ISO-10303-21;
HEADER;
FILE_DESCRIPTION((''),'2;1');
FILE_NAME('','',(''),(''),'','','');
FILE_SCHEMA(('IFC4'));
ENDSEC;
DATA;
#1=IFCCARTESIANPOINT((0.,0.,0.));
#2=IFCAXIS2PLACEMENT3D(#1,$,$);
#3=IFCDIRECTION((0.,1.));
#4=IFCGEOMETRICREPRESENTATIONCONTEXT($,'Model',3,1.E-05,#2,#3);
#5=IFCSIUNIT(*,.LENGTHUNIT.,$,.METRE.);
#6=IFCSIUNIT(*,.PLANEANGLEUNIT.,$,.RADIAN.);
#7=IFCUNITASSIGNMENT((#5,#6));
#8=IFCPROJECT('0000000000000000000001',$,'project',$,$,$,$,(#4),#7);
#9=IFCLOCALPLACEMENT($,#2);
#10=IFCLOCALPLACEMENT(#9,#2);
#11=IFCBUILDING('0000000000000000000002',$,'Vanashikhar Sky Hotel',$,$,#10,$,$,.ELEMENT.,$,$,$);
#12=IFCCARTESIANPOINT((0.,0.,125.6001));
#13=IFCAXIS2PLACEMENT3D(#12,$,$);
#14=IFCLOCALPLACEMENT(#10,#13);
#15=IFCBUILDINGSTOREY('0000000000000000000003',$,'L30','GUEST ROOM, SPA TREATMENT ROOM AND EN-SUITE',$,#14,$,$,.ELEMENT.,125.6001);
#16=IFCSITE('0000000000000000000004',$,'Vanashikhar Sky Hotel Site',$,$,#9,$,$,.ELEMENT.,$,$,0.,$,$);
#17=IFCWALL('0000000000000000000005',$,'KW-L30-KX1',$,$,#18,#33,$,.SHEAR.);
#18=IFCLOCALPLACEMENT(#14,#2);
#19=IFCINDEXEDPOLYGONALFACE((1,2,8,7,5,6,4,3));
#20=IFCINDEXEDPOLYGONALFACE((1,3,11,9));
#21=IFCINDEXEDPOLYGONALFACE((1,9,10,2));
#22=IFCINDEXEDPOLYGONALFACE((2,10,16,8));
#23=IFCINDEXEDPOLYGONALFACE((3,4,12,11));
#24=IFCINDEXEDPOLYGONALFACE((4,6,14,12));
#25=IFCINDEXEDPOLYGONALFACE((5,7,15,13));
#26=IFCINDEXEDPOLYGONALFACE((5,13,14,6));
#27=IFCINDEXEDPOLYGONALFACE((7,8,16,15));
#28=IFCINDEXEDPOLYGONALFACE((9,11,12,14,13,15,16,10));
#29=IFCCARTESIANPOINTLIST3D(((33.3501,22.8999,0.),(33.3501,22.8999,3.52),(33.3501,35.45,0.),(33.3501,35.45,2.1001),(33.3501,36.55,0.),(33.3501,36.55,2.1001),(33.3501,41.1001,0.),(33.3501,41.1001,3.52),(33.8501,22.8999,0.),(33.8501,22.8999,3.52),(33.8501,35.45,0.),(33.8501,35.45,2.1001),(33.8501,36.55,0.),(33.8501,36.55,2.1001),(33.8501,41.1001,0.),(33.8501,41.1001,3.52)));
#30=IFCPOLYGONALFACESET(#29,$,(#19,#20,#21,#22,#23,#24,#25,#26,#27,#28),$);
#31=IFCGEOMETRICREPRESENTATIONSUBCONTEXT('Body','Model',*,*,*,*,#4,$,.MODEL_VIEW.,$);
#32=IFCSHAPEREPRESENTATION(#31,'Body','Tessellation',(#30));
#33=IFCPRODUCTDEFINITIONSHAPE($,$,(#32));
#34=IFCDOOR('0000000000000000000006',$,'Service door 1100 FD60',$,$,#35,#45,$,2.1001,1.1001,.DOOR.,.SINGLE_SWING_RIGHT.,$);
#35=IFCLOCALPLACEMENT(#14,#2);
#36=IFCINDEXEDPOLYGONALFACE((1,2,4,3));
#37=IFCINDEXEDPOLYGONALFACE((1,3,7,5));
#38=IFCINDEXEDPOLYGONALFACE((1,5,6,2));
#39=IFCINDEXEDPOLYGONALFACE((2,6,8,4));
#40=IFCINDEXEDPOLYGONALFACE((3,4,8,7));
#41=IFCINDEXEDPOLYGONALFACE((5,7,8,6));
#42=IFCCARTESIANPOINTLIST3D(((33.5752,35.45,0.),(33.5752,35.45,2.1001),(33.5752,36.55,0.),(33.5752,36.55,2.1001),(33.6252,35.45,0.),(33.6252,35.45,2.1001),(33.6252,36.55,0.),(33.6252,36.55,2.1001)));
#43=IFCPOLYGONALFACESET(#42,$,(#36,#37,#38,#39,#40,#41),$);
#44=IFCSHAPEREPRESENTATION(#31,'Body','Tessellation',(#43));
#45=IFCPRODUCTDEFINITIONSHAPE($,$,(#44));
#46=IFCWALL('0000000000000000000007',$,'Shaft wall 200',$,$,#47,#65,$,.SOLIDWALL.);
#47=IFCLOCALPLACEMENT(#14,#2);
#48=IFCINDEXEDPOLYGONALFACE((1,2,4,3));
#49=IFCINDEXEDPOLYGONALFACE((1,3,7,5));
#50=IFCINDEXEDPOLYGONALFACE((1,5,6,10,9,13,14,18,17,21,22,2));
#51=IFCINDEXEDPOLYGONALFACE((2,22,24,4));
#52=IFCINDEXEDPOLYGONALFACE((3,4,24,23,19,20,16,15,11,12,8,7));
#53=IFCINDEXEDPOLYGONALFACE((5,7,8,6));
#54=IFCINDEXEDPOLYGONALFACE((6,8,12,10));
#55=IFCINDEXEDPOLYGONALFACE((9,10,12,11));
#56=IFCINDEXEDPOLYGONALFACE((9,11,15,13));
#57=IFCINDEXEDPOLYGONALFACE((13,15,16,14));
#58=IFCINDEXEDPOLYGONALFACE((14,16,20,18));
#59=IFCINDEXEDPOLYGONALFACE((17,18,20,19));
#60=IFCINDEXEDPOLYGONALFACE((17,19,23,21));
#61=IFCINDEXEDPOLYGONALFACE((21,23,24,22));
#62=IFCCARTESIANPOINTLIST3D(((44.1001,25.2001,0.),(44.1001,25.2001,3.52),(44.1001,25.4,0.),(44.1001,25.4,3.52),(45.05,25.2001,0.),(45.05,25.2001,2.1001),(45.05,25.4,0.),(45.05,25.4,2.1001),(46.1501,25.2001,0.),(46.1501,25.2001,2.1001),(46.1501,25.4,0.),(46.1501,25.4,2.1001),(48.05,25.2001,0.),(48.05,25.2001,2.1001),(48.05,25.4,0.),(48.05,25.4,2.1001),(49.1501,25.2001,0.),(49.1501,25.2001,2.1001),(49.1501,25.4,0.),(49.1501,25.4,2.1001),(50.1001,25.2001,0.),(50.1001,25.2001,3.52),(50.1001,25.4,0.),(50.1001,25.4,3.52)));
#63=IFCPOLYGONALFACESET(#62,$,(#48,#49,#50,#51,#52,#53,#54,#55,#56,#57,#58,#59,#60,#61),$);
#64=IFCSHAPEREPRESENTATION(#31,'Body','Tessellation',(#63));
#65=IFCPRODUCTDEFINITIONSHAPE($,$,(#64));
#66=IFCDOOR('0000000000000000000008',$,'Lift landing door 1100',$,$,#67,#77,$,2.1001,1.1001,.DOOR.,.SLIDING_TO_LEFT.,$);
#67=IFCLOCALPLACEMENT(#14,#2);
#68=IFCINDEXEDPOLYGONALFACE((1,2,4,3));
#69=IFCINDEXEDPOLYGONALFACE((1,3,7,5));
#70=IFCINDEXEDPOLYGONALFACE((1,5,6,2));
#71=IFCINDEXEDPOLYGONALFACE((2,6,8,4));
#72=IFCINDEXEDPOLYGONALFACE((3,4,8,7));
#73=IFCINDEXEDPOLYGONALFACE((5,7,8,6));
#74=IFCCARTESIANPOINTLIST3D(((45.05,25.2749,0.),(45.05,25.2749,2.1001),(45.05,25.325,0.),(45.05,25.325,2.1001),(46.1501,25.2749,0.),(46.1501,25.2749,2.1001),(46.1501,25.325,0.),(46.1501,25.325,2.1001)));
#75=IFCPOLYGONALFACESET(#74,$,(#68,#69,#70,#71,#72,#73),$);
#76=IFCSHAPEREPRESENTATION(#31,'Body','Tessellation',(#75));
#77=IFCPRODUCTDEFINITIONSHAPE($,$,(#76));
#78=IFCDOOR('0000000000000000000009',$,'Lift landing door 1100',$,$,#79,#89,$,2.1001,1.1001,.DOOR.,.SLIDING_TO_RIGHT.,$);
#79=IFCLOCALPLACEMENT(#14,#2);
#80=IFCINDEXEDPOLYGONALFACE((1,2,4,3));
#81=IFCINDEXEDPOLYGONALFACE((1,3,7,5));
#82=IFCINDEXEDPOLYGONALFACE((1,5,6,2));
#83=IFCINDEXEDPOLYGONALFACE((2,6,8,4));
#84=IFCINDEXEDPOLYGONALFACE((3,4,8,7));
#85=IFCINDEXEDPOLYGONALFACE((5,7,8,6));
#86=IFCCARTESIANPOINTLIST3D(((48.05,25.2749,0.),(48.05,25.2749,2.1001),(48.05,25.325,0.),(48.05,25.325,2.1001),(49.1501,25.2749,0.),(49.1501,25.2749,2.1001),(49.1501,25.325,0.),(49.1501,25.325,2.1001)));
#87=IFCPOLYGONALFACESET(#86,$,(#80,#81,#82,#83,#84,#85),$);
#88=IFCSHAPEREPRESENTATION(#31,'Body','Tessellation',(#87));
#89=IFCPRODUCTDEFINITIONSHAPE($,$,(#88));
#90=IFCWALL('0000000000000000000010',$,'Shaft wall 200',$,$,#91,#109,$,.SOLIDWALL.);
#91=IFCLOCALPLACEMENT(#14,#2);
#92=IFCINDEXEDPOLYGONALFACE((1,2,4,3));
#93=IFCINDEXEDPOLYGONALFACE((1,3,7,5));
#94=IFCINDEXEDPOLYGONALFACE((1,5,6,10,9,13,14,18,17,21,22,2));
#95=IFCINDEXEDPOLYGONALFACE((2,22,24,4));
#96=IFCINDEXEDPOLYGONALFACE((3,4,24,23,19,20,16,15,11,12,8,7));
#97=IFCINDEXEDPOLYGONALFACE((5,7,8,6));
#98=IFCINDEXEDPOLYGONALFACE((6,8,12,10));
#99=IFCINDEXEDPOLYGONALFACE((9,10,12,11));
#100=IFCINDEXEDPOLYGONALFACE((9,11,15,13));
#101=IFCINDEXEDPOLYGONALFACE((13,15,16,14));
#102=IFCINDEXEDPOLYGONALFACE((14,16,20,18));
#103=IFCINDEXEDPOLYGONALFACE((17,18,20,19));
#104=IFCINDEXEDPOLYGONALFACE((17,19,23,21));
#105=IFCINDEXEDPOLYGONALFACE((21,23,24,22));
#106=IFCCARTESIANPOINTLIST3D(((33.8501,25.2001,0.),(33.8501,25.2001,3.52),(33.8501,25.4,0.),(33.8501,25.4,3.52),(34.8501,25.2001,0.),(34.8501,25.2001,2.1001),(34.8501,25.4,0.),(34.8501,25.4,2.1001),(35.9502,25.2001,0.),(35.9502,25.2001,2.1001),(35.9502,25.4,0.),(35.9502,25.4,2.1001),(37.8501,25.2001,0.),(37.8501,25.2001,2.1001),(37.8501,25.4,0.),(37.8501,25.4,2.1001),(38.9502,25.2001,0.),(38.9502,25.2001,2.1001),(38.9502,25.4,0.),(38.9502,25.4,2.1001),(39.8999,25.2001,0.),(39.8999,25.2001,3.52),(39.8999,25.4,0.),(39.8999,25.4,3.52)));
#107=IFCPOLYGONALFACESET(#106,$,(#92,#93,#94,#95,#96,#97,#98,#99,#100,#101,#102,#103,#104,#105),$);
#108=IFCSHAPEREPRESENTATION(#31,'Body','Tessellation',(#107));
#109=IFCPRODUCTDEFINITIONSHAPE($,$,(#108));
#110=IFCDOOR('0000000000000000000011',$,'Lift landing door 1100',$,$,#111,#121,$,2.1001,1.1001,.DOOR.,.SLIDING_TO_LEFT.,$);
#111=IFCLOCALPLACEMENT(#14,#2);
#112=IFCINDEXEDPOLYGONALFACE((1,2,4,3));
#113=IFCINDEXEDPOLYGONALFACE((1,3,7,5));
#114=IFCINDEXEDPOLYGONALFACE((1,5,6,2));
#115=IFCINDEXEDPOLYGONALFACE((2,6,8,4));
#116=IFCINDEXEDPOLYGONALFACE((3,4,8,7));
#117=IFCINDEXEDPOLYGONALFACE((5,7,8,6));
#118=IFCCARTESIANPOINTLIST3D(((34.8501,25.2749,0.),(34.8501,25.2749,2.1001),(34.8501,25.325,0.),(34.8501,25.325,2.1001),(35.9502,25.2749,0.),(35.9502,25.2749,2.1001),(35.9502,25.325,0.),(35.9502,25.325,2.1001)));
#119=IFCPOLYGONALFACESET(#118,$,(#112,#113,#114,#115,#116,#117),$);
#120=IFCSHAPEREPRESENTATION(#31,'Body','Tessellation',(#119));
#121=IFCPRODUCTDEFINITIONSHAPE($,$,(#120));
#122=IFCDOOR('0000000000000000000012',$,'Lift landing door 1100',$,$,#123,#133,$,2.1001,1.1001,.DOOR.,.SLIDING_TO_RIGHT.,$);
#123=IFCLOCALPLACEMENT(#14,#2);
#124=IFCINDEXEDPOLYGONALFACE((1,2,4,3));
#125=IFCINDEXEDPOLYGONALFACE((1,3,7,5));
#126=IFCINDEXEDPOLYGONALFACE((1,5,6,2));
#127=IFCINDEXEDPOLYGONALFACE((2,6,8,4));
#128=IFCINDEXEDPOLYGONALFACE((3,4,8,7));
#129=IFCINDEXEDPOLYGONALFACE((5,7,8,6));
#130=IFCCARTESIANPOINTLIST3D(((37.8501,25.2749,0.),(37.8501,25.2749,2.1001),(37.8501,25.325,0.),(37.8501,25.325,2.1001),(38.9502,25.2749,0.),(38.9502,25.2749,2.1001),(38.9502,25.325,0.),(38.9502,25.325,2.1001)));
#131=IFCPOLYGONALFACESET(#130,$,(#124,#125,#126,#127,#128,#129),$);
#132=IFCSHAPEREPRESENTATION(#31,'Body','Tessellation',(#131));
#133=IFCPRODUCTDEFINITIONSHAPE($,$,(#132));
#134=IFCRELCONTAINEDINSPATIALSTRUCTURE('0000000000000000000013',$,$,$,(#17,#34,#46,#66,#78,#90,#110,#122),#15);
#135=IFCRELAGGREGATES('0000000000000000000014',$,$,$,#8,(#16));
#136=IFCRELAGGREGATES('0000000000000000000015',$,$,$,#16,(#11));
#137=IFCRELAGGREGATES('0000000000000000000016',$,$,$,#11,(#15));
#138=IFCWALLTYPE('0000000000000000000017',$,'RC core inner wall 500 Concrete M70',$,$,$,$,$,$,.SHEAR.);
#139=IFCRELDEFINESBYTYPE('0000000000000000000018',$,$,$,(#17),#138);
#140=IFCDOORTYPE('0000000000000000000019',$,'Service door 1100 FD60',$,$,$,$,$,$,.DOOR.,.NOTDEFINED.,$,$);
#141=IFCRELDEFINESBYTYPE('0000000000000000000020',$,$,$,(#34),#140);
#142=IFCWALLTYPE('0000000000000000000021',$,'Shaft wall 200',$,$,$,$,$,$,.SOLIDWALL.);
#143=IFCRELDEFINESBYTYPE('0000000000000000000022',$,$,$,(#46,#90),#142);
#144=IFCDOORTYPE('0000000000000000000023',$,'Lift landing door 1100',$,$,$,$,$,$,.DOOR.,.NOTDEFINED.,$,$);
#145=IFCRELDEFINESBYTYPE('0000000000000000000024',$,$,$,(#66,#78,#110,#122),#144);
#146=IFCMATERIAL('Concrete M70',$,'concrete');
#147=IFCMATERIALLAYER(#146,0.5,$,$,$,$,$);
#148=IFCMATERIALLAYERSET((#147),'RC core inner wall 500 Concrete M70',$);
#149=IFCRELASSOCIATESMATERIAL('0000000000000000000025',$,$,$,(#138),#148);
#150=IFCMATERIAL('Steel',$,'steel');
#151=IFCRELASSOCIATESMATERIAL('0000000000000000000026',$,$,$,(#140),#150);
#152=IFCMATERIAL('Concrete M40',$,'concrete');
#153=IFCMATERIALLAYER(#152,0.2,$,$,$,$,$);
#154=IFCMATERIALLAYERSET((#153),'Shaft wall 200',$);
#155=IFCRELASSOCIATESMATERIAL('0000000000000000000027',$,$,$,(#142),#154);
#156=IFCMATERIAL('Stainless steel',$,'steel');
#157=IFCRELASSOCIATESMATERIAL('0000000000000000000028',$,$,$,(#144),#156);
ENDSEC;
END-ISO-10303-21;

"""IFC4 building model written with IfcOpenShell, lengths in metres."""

from ifc_helpers import new_model, si_unit, direction, frame, frame_2d, origin, place, context, subcontext, project, spatial, rectangle, extrude, source, transform, mapped, material, layer, layer_set, type_object, element, fill, save


model = new_model("IFC4")

# Units and contexts
model_context = context("Model", 3, precision=1e-05, world=origin(), true_north=direction((0.0, 1.0)))
body_context = subcontext(model_context, "Body", "Model", "MODEL_VIEW")
ifc_project = project(units=[si_unit("LENGTHUNIT", "METRE"), si_unit("PLANEANGLEUNIT", "RADIAN")], contexts=[model_context])

# Site, building, storey
site_placement = place(None, origin())
site = spatial("IfcSite", under=ifc_project, at=site_placement, Name="Vanashikhar Sky Hotel Site", CompositionType="ELEMENT", RefElevation=0.0)
building_placement = place(site_placement, origin())
building = spatial("IfcBuilding", under=site, at=building_placement, Name="Vanashikhar Sky Hotel", CompositionType="ELEMENT")
storey_placement = place(building_placement, frame((0.0, 0.0, 125.6001)))
storey = spatial("IfcBuildingStorey", under=building, at=storey_placement, Name="L30", Description="GUEST ROOM, SPA TREATMENT ROOM AND EN-SUITE", CompositionType="ELEMENT", Elevation=125.6001)

# Wall, opening, door
ifc_material_1 = material(Name="Concrete M70", Category="concrete")
ifc_layer_1 = layer(ifc_material_1, 0.5)
ifc_layer_set_1 = layer_set([ifc_layer_1], Name="RC core inner wall 500 Concrete M70")
wall_type_1 = type_object("IfcWallType", Name="RC core inner wall 500 Concrete M70", PredefinedType="SHEAR", material=ifc_layer_set_1)
shared_shape_1 = source(origin(), body_context, "Body", "SweptSolid", [
    extrude(rectangle(XDim=18.2002, YDim=0.5, at=frame_2d((9.1001, 0.0))), origin(), (0.0, 0.0, 1.0), 3.52),
])
wall_1_placement = place(storey_placement, frame((33.6001, 22.8999, 0.0), z_axis=(0.0, 0.0, 1.0), x_axis=(0.0, 1.0, 0.0)))
wall_1 = element("IfcWall", 1, at=wall_1_placement, inside=storey, type_object=wall_type_1, Name="KW-L30-KX1", PredefinedType="SHEAR", context=body_context, shape_type="MappedRepresentation", body=[
    mapped(shared_shape_1, transform((0.0, 0.0, 0.0), scale=1.0)),
])
shared_shape_2 = source(origin(), body_context, "Body", "SweptSolid", [
    extrude(rectangle(XDim=1.1001, YDim=2.1001, at=frame_2d((0.55, 1.05))), frame((0.0, 0.26, 0.0), z_axis=(0.0, -1.0, 0.0), x_axis=(1.0, 0.0, 0.0)), (0.0, 0.0, 1.0), 0.52),
])
opening_1_placement = place(wall_1_placement, frame((12.55, 0.0, 0.0)))
opening_1 = element("IfcOpeningElement", 2, at=opening_1_placement, cuts=wall_1, PredefinedType="OPENING", context=body_context, shape_type="MappedRepresentation", body=[
    mapped(shared_shape_2, transform((0.0, 0.0, 0.0), scale=1.0)),
])
ifc_material_2 = material(Name="Steel", Category="steel")
door_type_1 = type_object("IfcDoorType", Name="Service door 1100 FD60", OperationType="NOTDEFINED", PredefinedType="DOOR", material=ifc_material_2)
shared_shape_3 = source(origin(), body_context, "Body", "SweptSolid", [
    extrude(rectangle(XDim=1.1001, YDim=2.1001, at=frame_2d((0.55, 1.05))), frame((0.0, 0.0249, 0.0), z_axis=(0.0, -1.0, 0.0), x_axis=(1.0, 0.0, 0.0)), (0.0, 0.0, 1.0), 0.05),
])
door_1_placement = place(opening_1_placement, origin())
door_1 = element("IfcDoor", 3, at=door_1_placement, inside=storey, type_object=door_type_1, Name="Service door 1100 FD60", OperationType="SINGLE_SWING_RIGHT", OverallHeight=2.1001, OverallWidth=1.1001, PredefinedType="DOOR", context=body_context, shape_type="MappedRepresentation", body=[
    mapped(shared_shape_3, transform((0.0, 0.0, 0.0), scale=1.0)),
])
fill(opening_1, door_1)

# Walls, openings, doors
ifc_material_3 = material(Name="Concrete M40", Category="concrete")
ifc_layer_2 = layer(ifc_material_3, 0.2)
ifc_layer_set_2 = layer_set([ifc_layer_2], Name="Shaft wall 200")
wall_type_2 = type_object("IfcWallType", Name="Shaft wall 200", PredefinedType="SOLIDWALL", material=ifc_layer_set_2)
shared_shape_4 = source(origin(), body_context, "Body", "SweptSolid", [
    extrude(rectangle(XDim=6.0, YDim=0.2, at=frame_2d((3.0, 0.0))), origin(), (0.0, 0.0, 1.0), 3.52),
])
wall_2_placement = place(storey_placement, frame((44.1001, 25.3, 0.0), z_axis=(0.0, 0.0, 1.0), x_axis=(1.0, 0.0, 0.0)))
wall_2 = element("IfcWall", 4, at=wall_2_placement, inside=storey, type_object=wall_type_2, Name="Shaft wall 200", PredefinedType="SOLIDWALL", context=body_context, shape_type="MappedRepresentation", body=[
    mapped(shared_shape_4, transform((0.0, 0.0, 0.0), scale=1.0)),
])
shared_shape_5 = source(origin(), body_context, "Body", "SweptSolid", [
    extrude(rectangle(XDim=1.1001, YDim=2.1001, at=frame_2d((0.55, 1.05))), frame((0.0, 0.1099, 0.0), z_axis=(0.0, -1.0, 0.0), x_axis=(1.0, 0.0, 0.0)), (0.0, 0.0, 1.0), 0.22),
])
opening_2_placement = place(wall_2_placement, frame((0.95, 0.0, 0.0)))
opening_2 = element("IfcOpeningElement", 5, at=opening_2_placement, cuts=wall_2, PredefinedType="OPENING", context=body_context, shape_type="MappedRepresentation", body=[
    mapped(shared_shape_5, transform((0.0, 0.0, 0.0), scale=1.0)),
])
opening_3_placement = place(wall_2_placement, frame((3.95, 0.0, 0.0)))
opening_3 = element("IfcOpeningElement", 6, at=opening_3_placement, cuts=wall_2, PredefinedType="OPENING", context=body_context, shape_type="MappedRepresentation", body=[
    mapped(shared_shape_5, transform((0.0, 0.0, 0.0), scale=1.0)),
])
ifc_material_4 = material(Name="Stainless steel", Category="steel")
door_type_2 = type_object("IfcDoorType", Name="Lift landing door 1100", OperationType="NOTDEFINED", PredefinedType="DOOR", material=ifc_material_4)
door_2_placement = place(opening_2_placement, origin())
door_2 = element("IfcDoor", 7, at=door_2_placement, inside=storey, type_object=door_type_2, Name="Lift landing door 1100", OperationType="SLIDING_TO_LEFT", OverallHeight=2.1001, OverallWidth=1.1001, PredefinedType="DOOR", context=body_context, shape_type="MappedRepresentation", body=[
    mapped(shared_shape_3, transform((0.0, 0.0, 0.0), scale=1.0)),
])
fill(opening_2, door_2)
door_3_placement = place(opening_3_placement, origin())
door_3 = element("IfcDoor", 8, at=door_3_placement, inside=storey, type_object=door_type_2, Name="Lift landing door 1100", OperationType="SLIDING_TO_RIGHT", OverallHeight=2.1001, OverallWidth=1.1001, PredefinedType="DOOR", context=body_context, shape_type="MappedRepresentation", body=[
    mapped(shared_shape_3, transform((0.0, 0.0, 0.0), scale=1.0)),
])
fill(opening_3, door_3)
shared_shape_6 = source(origin(), body_context, "Body", "SweptSolid", [
    extrude(rectangle(XDim=6.0498, YDim=0.2, at=frame_2d((3.0249, 0.0))), origin(), (0.0, 0.0, 1.0), 3.52),
])
wall_3_placement = place(storey_placement, frame((33.8501, 25.3, 0.0), z_axis=(0.0, 0.0, 1.0), x_axis=(1.0, 0.0, 0.0)))
wall_3 = element("IfcWall", 9, at=wall_3_placement, inside=storey, type_object=wall_type_2, Name="Shaft wall 200", PredefinedType="SOLIDWALL", context=body_context, shape_type="MappedRepresentation", body=[
    mapped(shared_shape_6, transform((0.0, 0.0, 0.0), scale=1.0)),
])
opening_4_placement = place(wall_3_placement, frame((1.0, 0.0, 0.0)))
opening_4 = element("IfcOpeningElement", 10, at=opening_4_placement, cuts=wall_3, PredefinedType="OPENING", context=body_context, shape_type="MappedRepresentation", body=[
    mapped(shared_shape_5, transform((0.0, 0.0, 0.0), scale=1.0)),
])
opening_5_placement = place(wall_3_placement, frame((4.0, 0.0, 0.0)))
opening_5 = element("IfcOpeningElement", 11, at=opening_5_placement, cuts=wall_3, PredefinedType="OPENING", context=body_context, shape_type="MappedRepresentation", body=[
    mapped(shared_shape_5, transform((0.0, 0.0, 0.0), scale=1.0)),
])
door_4_placement = place(opening_4_placement, origin())
door_4 = element("IfcDoor", 12, at=door_4_placement, inside=storey, type_object=door_type_2, Name="Lift landing door 1100", OperationType="SLIDING_TO_LEFT", OverallHeight=2.1001, OverallWidth=1.1001, PredefinedType="DOOR", context=body_context, shape_type="MappedRepresentation", body=[
    mapped(shared_shape_3, transform((0.0, 0.0, 0.0), scale=1.0)),
])
fill(opening_4, door_4)
door_5_placement = place(opening_5_placement, origin())
door_5 = element("IfcDoor", 13, at=door_5_placement, inside=storey, type_object=door_type_2, Name="Lift landing door 1100", OperationType="SLIDING_TO_RIGHT", OverallHeight=2.1001, OverallWidth=1.1001, PredefinedType="DOOR", context=body_context, shape_type="MappedRepresentation", body=[
    mapped(shared_shape_3, transform((0.0, 0.0, 0.0), scale=1.0)),
])
fill(opening_5, door_5)

save(model, "model.ifc")
